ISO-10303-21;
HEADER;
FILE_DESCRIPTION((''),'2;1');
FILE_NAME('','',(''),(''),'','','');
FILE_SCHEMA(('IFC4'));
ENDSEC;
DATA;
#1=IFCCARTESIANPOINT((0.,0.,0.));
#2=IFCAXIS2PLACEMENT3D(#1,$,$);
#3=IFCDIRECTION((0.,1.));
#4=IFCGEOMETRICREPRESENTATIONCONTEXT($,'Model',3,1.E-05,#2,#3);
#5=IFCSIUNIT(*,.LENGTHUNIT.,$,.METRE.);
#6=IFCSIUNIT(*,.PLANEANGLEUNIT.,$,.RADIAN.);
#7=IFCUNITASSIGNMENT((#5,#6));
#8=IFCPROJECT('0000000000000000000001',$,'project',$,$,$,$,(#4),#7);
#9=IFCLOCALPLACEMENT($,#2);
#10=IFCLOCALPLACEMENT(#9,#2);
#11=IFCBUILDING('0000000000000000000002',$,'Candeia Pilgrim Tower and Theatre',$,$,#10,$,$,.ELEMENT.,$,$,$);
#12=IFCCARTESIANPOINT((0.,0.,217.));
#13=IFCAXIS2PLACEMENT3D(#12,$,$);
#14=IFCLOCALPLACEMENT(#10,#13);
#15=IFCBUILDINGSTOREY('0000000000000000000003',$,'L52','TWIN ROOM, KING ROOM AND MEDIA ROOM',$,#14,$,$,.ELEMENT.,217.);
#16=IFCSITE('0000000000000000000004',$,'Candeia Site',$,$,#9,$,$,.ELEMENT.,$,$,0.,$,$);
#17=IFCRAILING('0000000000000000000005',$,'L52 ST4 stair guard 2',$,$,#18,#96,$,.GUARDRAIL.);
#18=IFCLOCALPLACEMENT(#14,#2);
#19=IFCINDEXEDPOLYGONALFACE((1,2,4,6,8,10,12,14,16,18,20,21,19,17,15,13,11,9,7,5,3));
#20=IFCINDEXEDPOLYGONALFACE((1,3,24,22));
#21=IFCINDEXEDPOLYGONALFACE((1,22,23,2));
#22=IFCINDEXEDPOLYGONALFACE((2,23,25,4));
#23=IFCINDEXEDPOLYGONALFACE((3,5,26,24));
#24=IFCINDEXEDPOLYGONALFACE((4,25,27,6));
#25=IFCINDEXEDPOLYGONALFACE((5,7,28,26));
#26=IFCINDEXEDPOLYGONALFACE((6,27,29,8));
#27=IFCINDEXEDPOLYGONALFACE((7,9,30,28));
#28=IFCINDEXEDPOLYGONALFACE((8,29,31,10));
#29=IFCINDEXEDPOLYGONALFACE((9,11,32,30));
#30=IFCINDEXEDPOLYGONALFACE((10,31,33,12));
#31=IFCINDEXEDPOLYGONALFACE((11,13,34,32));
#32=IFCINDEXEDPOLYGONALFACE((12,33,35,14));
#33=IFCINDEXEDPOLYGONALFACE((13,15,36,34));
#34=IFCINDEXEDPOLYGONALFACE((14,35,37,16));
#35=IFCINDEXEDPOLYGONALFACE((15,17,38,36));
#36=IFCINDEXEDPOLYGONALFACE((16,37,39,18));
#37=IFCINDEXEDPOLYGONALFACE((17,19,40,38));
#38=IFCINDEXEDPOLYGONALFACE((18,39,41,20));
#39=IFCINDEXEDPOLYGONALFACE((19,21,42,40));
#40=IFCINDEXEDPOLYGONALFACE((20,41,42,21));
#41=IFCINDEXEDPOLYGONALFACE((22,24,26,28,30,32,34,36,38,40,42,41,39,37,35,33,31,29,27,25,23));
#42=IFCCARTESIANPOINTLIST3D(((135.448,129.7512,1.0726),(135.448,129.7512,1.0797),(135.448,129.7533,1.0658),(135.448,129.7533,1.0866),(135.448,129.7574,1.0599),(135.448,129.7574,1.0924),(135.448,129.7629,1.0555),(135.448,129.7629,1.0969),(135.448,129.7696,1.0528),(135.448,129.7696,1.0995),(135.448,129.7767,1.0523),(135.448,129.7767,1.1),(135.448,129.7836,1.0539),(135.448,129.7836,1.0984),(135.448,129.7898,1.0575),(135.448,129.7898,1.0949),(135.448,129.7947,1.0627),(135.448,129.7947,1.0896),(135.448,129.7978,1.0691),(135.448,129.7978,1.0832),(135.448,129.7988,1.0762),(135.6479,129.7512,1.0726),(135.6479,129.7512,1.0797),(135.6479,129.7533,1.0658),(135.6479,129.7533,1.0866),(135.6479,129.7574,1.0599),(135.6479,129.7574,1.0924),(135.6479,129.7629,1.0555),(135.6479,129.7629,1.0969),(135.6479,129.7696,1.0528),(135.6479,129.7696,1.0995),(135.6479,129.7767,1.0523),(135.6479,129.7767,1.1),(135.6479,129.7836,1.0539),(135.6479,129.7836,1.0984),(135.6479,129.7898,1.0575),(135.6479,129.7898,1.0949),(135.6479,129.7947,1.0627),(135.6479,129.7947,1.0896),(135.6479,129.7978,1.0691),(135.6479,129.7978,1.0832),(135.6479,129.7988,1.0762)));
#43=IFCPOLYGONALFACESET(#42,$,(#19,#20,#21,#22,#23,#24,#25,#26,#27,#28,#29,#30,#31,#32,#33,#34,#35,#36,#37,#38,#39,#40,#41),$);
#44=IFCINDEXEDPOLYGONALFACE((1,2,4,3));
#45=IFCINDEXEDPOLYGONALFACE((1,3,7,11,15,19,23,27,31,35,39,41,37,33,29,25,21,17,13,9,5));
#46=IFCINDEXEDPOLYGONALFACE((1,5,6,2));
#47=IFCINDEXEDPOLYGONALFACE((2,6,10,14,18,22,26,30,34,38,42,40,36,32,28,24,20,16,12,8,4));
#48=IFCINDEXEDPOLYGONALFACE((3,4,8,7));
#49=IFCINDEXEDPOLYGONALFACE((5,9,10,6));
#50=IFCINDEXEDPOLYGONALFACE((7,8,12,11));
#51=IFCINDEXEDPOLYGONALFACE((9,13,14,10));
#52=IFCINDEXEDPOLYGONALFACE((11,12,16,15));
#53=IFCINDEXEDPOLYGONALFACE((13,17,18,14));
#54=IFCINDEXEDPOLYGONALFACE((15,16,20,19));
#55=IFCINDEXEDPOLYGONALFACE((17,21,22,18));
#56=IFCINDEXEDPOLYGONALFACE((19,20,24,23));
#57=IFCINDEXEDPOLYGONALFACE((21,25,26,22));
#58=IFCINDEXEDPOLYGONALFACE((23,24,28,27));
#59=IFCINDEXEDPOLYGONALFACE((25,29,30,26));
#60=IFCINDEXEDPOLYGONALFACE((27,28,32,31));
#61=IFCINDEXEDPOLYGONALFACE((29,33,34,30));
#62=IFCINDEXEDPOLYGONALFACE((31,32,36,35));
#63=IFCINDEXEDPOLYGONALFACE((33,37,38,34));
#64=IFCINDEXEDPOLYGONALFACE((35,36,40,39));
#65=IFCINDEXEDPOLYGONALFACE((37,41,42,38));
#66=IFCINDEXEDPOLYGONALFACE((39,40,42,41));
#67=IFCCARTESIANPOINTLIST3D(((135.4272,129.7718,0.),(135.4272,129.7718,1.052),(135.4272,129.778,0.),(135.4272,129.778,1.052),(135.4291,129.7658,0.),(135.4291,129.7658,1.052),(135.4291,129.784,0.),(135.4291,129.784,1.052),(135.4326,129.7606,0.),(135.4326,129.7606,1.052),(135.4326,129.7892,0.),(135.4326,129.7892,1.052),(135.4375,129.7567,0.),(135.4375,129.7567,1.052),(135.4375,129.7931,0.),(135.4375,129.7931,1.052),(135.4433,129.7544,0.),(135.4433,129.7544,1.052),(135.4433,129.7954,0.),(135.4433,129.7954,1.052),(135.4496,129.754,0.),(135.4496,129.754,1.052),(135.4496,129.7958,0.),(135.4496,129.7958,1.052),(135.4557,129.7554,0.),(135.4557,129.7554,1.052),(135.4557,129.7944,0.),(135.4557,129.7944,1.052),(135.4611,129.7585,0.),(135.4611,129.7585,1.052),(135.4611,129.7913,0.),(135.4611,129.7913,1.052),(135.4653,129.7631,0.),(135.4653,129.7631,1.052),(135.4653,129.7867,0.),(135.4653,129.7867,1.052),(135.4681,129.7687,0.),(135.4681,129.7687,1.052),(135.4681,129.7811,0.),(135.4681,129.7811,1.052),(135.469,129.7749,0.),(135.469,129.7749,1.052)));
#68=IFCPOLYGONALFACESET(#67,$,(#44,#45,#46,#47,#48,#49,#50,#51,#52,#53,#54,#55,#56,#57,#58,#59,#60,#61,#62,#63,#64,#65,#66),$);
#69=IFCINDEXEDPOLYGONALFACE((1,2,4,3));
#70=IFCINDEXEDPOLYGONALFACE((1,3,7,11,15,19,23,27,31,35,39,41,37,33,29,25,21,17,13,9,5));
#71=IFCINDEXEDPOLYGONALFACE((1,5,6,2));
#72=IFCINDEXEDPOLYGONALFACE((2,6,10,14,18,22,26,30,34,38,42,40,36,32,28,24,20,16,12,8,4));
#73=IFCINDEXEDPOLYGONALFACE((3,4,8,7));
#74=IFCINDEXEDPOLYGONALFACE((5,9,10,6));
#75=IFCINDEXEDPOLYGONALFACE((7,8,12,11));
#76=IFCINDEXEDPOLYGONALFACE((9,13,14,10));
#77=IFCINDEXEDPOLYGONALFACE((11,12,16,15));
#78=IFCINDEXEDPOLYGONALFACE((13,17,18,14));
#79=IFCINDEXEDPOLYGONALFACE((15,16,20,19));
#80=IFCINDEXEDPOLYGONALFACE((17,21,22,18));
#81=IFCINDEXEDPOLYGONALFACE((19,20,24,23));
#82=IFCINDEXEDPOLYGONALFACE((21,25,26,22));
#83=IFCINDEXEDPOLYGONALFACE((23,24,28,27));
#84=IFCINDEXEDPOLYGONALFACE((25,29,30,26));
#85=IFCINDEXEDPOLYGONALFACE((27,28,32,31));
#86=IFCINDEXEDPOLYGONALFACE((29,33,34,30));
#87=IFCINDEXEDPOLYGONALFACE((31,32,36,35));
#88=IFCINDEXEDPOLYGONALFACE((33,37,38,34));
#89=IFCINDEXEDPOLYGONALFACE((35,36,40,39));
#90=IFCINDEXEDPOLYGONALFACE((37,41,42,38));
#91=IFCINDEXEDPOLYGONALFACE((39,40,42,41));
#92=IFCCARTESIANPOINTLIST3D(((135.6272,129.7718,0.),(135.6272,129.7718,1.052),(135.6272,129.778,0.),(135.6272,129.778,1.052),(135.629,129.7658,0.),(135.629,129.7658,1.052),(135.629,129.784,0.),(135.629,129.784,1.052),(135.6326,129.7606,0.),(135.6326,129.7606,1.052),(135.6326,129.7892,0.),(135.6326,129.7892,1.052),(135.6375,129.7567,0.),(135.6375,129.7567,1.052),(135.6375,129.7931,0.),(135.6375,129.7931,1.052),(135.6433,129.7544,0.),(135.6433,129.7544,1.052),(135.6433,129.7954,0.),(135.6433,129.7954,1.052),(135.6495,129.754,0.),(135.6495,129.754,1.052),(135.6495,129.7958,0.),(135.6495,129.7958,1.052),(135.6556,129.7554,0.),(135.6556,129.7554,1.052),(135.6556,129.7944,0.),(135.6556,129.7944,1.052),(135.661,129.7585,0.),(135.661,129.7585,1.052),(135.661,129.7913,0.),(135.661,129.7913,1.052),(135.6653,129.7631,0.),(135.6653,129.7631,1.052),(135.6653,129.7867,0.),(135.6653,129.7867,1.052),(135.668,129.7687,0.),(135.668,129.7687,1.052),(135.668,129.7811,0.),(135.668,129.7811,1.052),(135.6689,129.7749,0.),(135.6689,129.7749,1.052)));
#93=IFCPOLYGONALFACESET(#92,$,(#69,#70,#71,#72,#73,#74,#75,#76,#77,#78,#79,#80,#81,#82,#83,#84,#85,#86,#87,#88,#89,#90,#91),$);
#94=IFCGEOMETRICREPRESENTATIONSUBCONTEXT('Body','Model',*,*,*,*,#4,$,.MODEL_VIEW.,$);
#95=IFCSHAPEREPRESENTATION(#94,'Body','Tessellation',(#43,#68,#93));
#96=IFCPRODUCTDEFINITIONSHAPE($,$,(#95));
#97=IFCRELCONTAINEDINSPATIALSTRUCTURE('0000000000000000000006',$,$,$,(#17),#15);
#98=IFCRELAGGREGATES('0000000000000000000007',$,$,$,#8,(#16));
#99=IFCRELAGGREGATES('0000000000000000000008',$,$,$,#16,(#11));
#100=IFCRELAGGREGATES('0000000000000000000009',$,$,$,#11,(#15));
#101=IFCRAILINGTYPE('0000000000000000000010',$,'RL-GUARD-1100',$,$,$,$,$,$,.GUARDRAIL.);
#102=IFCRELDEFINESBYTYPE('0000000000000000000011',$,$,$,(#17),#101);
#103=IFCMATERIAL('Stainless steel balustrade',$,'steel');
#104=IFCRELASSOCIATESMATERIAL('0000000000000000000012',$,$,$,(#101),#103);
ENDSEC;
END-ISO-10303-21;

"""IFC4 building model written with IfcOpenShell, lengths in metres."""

from ifc_helpers import new_model, si_unit, direction, frame, origin, origin_2d, place, context, subcontext, project, spatial, circle, extrude, material, type_object, element, save


model = new_model("IFC4")

# Units and contexts
model_context = context("Model", 3, precision=1e-05, world=origin(), true_north=direction((0.0, 1.0)))
body_context = subcontext(model_context, "Body", "Model", "MODEL_VIEW")
ifc_project = project(units=[si_unit("LENGTHUNIT", "METRE"), si_unit("PLANEANGLEUNIT", "RADIAN")], contexts=[model_context])

# Site, building, storey
site_placement = place(None, origin())
site = spatial("IfcSite", under=ifc_project, at=site_placement, Name="Candeia Site", CompositionType="ELEMENT", RefElevation=0.0)
building_placement = place(site_placement, origin())
building = spatial("IfcBuilding", under=site, at=building_placement, Name="Candeia Pilgrim Tower and Theatre", CompositionType="ELEMENT")
storey_placement = place(building_placement, frame((0.0, 0.0, 217.0)))
storey = spatial("IfcBuildingStorey", under=building, at=storey_placement, Name="L52", Description="TWIN ROOM, KING ROOM AND MEDIA ROOM", CompositionType="ELEMENT", Elevation=217.0)

# Railing
ifc_material_1 = material(Name="Stainless steel balustrade", Category="steel")
railing_type_1 = type_object("IfcRailingType", Name="RL-GUARD-1100", PredefinedType="GUARDRAIL", material=ifc_material_1)
railing_1_placement = place(storey_placement, frame((135.448, 129.7749, 0.0)))
element("IfcRailing", 1, at=railing_1_placement, inside=storey, type_object=railing_type_1, Name="L52 ST4 stair guard 2", PredefinedType="GUARDRAIL", context=body_context, shape_type="SweptSolid", body=[
    extrude(circle(Radius=0.0239, at=origin_2d()), frame((0.0, 0.0, 1.0762), z_axis=(1.0, 0.0, 0.0), x_axis=(0.0, 1.0, 0.0)), (0.0, 0.0, 1.0), 0.2),
    extrude(circle(Radius=0.021, at=origin_2d()), origin(), (0.0, 0.0, 1.0), 1.052),
    extrude(circle(Radius=0.021, at=origin_2d()), frame((0.2, 0.0, 0.0)), (0.0, 0.0, 1.0), 1.052),
])

save(model, "model.ifc")
